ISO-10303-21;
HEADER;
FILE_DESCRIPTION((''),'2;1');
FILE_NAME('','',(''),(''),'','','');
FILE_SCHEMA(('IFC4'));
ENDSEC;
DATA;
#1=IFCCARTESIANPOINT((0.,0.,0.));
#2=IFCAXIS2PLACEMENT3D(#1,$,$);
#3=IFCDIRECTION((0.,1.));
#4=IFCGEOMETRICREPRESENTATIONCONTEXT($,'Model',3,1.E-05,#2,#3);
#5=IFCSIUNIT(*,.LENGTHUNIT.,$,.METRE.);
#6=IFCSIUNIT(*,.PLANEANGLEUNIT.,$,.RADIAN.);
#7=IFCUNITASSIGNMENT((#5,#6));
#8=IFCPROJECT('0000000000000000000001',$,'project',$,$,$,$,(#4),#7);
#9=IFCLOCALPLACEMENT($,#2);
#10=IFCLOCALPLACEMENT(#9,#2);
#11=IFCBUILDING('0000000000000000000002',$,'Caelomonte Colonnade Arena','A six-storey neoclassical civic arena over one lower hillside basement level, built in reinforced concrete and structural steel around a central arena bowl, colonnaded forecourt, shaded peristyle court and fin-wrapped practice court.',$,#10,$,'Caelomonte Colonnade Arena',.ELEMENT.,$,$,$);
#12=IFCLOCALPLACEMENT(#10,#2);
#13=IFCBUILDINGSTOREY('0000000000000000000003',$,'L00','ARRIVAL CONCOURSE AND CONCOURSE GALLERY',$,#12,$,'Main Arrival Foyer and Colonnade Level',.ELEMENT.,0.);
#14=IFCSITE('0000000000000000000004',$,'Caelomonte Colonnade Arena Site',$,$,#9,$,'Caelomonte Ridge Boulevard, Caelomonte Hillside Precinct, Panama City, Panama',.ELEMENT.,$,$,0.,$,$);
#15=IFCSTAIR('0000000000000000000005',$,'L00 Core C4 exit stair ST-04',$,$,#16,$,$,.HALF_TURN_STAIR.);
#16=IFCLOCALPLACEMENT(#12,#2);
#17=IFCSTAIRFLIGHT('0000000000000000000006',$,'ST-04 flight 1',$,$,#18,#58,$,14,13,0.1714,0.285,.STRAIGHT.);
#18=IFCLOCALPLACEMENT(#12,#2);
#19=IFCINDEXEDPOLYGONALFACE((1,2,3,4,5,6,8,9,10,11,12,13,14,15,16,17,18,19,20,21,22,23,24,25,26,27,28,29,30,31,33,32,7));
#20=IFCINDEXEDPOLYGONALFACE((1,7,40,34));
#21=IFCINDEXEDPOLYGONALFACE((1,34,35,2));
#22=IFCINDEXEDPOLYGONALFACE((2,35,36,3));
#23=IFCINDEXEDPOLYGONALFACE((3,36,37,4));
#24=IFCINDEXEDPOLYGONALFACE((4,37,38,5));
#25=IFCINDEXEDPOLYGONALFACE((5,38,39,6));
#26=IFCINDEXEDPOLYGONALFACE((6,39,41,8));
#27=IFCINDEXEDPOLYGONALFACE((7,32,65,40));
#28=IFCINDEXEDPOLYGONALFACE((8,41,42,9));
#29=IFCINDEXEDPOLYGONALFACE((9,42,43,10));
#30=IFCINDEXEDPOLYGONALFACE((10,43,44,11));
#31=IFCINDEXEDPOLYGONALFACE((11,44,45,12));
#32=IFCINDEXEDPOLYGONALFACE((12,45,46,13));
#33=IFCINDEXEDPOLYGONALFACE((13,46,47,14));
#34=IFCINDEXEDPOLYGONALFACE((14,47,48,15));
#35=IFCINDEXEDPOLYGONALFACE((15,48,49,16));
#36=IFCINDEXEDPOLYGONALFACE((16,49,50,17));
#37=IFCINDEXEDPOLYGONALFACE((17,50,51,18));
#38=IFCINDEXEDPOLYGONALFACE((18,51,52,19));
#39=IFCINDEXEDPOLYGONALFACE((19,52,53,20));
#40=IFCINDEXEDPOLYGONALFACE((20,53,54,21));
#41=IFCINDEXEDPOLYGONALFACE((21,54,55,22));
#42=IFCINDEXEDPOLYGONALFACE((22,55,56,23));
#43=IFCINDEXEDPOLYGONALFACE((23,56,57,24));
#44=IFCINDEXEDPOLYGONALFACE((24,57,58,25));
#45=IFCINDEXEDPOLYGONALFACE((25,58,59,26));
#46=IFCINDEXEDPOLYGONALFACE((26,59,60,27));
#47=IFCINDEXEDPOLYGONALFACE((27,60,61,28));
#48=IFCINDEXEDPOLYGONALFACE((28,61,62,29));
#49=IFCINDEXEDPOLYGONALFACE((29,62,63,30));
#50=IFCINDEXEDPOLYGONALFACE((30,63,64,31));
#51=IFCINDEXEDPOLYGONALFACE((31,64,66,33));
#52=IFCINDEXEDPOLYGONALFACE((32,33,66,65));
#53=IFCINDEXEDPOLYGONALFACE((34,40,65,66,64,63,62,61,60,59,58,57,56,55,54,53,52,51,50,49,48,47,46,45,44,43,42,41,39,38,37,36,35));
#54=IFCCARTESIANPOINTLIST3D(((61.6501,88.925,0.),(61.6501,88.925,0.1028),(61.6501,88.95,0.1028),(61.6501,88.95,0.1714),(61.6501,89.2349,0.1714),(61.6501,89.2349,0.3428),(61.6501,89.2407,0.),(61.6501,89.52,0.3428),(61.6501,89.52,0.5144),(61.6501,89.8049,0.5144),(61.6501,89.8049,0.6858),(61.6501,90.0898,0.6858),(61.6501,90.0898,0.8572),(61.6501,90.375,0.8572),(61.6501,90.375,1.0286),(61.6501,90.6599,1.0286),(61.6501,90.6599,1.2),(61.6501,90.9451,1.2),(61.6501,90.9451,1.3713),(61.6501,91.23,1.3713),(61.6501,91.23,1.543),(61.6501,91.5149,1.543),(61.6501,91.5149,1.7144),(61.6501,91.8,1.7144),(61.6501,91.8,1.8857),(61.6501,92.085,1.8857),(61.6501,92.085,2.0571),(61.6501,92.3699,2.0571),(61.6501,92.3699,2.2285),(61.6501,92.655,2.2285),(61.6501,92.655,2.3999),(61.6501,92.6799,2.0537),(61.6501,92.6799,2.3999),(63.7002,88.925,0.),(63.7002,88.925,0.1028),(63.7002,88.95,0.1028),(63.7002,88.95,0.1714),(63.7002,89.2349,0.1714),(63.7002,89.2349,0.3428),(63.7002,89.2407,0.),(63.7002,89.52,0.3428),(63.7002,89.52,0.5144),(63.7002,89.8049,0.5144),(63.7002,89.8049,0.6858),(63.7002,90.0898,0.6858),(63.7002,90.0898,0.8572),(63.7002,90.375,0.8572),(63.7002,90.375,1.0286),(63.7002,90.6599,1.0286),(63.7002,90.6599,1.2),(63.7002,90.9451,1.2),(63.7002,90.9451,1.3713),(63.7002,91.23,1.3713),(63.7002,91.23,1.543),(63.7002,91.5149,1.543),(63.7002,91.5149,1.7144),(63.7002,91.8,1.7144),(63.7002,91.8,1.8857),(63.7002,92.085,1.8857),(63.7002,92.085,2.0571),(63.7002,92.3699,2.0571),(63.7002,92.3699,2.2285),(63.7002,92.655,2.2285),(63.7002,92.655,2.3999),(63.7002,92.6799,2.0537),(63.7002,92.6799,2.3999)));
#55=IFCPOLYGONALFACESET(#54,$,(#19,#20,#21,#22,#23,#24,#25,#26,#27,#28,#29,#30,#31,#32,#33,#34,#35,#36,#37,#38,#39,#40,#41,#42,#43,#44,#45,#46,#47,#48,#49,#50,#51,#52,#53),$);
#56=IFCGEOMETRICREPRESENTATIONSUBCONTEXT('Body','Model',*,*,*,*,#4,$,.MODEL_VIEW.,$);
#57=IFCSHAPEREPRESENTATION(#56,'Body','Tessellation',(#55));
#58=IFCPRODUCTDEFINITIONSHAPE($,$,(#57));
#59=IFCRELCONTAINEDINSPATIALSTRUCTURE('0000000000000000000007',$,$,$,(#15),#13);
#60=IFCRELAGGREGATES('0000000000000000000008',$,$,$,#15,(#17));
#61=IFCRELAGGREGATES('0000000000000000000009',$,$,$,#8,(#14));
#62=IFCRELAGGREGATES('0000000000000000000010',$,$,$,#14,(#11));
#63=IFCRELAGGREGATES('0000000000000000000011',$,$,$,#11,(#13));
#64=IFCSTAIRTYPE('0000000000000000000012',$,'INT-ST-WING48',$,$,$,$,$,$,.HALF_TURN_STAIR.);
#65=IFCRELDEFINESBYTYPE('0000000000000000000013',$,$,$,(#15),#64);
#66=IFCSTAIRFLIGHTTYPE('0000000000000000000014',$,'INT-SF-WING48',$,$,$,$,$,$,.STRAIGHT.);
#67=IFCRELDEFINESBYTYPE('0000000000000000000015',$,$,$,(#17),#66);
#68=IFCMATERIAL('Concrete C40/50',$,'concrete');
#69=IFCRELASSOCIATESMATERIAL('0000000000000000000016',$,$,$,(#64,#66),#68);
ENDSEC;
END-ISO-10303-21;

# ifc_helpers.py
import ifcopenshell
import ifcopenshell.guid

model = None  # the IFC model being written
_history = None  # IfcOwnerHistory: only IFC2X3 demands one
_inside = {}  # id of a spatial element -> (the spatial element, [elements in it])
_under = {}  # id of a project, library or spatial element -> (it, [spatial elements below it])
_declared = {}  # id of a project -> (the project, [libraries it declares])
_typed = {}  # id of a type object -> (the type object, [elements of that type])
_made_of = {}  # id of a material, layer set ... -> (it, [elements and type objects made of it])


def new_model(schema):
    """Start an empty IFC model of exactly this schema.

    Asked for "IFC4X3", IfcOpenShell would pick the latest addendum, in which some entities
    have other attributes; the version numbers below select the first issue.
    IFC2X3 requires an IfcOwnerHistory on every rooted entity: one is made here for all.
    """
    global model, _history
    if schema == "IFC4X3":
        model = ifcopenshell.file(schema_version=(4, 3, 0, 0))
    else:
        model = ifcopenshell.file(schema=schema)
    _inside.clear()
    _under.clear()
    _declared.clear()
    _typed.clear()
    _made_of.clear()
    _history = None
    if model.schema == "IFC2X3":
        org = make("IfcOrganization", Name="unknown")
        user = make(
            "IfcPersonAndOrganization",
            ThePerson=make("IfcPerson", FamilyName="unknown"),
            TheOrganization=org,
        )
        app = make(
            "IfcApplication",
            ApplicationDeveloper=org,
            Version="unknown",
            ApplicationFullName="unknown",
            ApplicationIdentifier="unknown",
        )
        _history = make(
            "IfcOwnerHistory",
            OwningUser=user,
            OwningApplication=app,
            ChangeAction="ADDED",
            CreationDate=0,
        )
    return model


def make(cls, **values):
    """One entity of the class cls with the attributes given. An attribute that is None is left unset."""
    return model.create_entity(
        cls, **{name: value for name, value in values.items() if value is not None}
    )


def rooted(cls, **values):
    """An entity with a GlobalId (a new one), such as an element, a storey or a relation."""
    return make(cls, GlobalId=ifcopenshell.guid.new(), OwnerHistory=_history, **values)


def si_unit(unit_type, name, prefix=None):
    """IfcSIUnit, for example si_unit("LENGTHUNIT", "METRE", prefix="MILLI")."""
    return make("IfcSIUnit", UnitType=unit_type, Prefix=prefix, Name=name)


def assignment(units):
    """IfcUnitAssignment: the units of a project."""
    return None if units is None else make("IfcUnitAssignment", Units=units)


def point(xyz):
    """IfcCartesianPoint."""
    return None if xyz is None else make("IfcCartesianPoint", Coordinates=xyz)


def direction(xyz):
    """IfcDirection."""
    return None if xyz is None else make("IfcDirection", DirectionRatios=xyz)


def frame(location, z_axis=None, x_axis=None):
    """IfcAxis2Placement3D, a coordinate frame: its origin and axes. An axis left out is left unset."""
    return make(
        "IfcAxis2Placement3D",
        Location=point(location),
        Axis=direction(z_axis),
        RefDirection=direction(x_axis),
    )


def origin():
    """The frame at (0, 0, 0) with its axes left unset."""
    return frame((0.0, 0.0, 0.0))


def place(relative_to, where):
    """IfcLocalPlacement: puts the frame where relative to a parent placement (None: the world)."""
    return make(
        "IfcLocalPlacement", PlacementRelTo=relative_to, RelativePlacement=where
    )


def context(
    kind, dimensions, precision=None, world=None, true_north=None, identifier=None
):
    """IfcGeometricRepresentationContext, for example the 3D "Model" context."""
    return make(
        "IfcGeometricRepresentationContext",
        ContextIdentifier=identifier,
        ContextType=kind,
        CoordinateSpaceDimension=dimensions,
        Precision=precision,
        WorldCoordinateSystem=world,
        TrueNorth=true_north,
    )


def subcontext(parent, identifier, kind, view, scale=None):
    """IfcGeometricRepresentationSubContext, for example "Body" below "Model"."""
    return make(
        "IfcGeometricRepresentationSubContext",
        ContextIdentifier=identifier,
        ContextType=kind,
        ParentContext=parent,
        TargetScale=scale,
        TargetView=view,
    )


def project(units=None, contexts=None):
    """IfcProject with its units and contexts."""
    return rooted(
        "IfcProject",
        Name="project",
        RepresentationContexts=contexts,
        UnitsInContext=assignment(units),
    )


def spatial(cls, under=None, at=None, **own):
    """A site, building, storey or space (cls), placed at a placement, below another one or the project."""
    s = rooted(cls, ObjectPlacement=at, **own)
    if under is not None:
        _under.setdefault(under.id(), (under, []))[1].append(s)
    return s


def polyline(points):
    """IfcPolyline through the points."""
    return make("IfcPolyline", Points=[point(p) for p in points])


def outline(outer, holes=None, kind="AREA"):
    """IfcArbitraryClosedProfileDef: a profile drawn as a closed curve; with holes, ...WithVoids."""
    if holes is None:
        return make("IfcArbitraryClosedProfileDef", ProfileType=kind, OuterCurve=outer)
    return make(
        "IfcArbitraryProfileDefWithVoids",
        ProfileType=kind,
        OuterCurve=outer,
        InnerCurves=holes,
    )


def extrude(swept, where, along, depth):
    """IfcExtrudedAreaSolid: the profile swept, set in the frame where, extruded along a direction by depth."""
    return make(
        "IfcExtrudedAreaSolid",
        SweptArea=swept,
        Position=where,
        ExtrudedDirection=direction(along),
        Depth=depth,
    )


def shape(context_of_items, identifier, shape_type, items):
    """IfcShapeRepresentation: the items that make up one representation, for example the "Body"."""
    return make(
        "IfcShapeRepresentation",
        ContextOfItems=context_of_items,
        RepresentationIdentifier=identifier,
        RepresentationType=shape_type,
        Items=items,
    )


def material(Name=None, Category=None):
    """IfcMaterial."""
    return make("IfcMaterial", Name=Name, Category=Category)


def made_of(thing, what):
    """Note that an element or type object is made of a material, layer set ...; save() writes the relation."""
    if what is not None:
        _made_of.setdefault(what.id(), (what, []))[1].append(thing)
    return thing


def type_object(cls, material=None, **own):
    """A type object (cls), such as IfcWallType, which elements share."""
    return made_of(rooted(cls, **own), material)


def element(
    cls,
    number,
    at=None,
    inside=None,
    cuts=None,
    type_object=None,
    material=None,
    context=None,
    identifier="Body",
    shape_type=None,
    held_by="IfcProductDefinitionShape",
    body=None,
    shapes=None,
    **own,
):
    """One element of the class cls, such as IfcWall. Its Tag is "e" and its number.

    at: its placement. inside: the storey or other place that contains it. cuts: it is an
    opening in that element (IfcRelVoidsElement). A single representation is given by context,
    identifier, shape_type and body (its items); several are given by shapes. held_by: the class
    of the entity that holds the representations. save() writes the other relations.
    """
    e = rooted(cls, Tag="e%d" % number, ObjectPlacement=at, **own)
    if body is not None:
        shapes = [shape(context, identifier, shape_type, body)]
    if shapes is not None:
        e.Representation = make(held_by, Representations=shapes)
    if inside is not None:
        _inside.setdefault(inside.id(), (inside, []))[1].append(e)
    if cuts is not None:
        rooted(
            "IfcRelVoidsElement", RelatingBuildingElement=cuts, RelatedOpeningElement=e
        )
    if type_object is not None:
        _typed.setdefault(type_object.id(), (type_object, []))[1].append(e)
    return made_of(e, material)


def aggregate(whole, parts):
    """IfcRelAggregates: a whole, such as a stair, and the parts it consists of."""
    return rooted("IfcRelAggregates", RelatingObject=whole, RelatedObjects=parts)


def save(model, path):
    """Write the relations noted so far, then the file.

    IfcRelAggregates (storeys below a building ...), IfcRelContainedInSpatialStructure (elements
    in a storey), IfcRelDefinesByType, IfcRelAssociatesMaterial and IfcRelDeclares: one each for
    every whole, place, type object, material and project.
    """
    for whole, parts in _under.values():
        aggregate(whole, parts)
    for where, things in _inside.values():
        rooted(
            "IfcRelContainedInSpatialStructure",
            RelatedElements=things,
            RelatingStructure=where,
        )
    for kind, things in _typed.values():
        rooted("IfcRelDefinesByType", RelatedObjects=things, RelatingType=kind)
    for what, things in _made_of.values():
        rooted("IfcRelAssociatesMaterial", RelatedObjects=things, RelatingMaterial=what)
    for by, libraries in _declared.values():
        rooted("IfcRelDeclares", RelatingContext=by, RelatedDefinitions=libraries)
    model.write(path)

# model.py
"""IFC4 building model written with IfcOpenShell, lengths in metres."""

from ifc_helpers import new_model, si_unit, direction, frame, origin, place, context, subcontext, project, spatial, polyline, outline, extrude, material, type_object, element, aggregate, save


model = new_model("IFC4")

# Units and contexts
model_context = context("Model", 3, precision=1e-05, world=origin(), true_north=direction((0.0, 1.0)))
body_context = subcontext(model_context, "Body", "Model", "MODEL_VIEW")
ifc_project = project(units=[si_unit("LENGTHUNIT", "METRE"), si_unit("PLANEANGLEUNIT", "RADIAN")], contexts=[model_context])

# Site, building, storey
site_placement = place(None, origin())
site = spatial("IfcSite", under=ifc_project, at=site_placement, Name="Caelomonte Colonnade Arena Site", LongName="Caelomonte Ridge Boulevard, Caelomonte Hillside Precinct, Panama City, Panama", CompositionType="ELEMENT", RefElevation=0.0)
building_placement = place(site_placement, origin())
building = spatial("IfcBuilding", under=site, at=building_placement, Name="Caelomonte Colonnade Arena", Description="A six-storey neoclassical civic arena over one lower hillside basement level, built in reinforced concrete and structural steel around a central arena bowl, colonnaded forecourt, shaded peristyle court and fin-wrapped practice court.", LongName="Caelomonte Colonnade Arena", CompositionType="ELEMENT")
storey_placement = place(building_placement, origin())
storey = spatial("IfcBuildingStorey", under=building, at=storey_placement, Name="L00", Description="ARRIVAL CONCOURSE AND CONCOURSE GALLERY", LongName="Main Arrival Foyer and Colonnade Level", CompositionType="ELEMENT", Elevation=0.0)

# Shared definitions
ifc_material_1 = material(Name="Concrete C40/50", Category="concrete")

# Stair, stair flight
stair_type_1 = type_object("IfcStairType", Name="INT-ST-WING48", PredefinedType="HALF_TURN_STAIR", material=ifc_material_1)
stair_1_placement = place(storey_placement, origin())
stair_1 = element("IfcStair", 1, at=stair_1_placement, inside=storey, type_object=stair_type_1, Name="L00 Core C4 exit stair ST-04", PredefinedType="HALF_TURN_STAIR")
stair_flight_type_1 = type_object("IfcStairFlightType", Name="INT-SF-WING48", PredefinedType="STRAIGHT", material=ifc_material_1)
stair_flight_1_placement = place(storey_placement, frame((62.675, 88.95, 0.0), z_axis=(0.0, 0.0, 1.0), x_axis=(0.0, 1.0, 0.0)))
stair_flight_1 = element("IfcStairFlight", 2, at=stair_flight_1_placement, type_object=stair_flight_type_1, Name="ST-04 flight 1", NumberOfRisers=14, NumberOfTreads=13, PredefinedType="STRAIGHT", RiserHeight=0.1714, TreadLength=0.285, context=body_context, shape_type="SweptSolid", body=[
    extrude(outline(polyline([(-0.0249, 0.0), (-0.0249, 0.1028), (0.0, 0.1028), (0.0, 0.1714), (0.2849, 0.1714), (0.2849, 0.3428), (0.5701, 0.3428), (0.5701, 0.5144), (0.855, 0.5144), (0.855, 0.6858), (1.1399, 0.6858), (1.1399, 0.8572), (1.425, 0.8572), (1.425, 1.0286), (1.71, 1.0286), (1.71, 1.2), (1.9951, 1.2), (1.9951, 1.3713), (2.28, 1.3713), (2.28, 1.543), (2.5649, 1.543), (2.5649, 1.7144), (2.8501, 1.7144), (2.8501, 1.8857), (3.135, 1.8857), (3.135, 2.0571), (3.4199, 2.0571), (3.4199, 2.2285), (3.7051, 2.2285), (3.7051, 2.3999), (3.73, 2.3999), (3.73, 2.0537), (0.2908, 0.0), (-0.0249, 0.0)])), frame((0.0, 1.0249, 0.0), z_axis=(0.0, -1.0, 0.0), x_axis=(1.0, 0.0, 0.0)), (0.0, 0.0, 1.0), 2.05),
])
aggregate(stair_1, [stair_flight_1])

save(model, "model.ifc")
